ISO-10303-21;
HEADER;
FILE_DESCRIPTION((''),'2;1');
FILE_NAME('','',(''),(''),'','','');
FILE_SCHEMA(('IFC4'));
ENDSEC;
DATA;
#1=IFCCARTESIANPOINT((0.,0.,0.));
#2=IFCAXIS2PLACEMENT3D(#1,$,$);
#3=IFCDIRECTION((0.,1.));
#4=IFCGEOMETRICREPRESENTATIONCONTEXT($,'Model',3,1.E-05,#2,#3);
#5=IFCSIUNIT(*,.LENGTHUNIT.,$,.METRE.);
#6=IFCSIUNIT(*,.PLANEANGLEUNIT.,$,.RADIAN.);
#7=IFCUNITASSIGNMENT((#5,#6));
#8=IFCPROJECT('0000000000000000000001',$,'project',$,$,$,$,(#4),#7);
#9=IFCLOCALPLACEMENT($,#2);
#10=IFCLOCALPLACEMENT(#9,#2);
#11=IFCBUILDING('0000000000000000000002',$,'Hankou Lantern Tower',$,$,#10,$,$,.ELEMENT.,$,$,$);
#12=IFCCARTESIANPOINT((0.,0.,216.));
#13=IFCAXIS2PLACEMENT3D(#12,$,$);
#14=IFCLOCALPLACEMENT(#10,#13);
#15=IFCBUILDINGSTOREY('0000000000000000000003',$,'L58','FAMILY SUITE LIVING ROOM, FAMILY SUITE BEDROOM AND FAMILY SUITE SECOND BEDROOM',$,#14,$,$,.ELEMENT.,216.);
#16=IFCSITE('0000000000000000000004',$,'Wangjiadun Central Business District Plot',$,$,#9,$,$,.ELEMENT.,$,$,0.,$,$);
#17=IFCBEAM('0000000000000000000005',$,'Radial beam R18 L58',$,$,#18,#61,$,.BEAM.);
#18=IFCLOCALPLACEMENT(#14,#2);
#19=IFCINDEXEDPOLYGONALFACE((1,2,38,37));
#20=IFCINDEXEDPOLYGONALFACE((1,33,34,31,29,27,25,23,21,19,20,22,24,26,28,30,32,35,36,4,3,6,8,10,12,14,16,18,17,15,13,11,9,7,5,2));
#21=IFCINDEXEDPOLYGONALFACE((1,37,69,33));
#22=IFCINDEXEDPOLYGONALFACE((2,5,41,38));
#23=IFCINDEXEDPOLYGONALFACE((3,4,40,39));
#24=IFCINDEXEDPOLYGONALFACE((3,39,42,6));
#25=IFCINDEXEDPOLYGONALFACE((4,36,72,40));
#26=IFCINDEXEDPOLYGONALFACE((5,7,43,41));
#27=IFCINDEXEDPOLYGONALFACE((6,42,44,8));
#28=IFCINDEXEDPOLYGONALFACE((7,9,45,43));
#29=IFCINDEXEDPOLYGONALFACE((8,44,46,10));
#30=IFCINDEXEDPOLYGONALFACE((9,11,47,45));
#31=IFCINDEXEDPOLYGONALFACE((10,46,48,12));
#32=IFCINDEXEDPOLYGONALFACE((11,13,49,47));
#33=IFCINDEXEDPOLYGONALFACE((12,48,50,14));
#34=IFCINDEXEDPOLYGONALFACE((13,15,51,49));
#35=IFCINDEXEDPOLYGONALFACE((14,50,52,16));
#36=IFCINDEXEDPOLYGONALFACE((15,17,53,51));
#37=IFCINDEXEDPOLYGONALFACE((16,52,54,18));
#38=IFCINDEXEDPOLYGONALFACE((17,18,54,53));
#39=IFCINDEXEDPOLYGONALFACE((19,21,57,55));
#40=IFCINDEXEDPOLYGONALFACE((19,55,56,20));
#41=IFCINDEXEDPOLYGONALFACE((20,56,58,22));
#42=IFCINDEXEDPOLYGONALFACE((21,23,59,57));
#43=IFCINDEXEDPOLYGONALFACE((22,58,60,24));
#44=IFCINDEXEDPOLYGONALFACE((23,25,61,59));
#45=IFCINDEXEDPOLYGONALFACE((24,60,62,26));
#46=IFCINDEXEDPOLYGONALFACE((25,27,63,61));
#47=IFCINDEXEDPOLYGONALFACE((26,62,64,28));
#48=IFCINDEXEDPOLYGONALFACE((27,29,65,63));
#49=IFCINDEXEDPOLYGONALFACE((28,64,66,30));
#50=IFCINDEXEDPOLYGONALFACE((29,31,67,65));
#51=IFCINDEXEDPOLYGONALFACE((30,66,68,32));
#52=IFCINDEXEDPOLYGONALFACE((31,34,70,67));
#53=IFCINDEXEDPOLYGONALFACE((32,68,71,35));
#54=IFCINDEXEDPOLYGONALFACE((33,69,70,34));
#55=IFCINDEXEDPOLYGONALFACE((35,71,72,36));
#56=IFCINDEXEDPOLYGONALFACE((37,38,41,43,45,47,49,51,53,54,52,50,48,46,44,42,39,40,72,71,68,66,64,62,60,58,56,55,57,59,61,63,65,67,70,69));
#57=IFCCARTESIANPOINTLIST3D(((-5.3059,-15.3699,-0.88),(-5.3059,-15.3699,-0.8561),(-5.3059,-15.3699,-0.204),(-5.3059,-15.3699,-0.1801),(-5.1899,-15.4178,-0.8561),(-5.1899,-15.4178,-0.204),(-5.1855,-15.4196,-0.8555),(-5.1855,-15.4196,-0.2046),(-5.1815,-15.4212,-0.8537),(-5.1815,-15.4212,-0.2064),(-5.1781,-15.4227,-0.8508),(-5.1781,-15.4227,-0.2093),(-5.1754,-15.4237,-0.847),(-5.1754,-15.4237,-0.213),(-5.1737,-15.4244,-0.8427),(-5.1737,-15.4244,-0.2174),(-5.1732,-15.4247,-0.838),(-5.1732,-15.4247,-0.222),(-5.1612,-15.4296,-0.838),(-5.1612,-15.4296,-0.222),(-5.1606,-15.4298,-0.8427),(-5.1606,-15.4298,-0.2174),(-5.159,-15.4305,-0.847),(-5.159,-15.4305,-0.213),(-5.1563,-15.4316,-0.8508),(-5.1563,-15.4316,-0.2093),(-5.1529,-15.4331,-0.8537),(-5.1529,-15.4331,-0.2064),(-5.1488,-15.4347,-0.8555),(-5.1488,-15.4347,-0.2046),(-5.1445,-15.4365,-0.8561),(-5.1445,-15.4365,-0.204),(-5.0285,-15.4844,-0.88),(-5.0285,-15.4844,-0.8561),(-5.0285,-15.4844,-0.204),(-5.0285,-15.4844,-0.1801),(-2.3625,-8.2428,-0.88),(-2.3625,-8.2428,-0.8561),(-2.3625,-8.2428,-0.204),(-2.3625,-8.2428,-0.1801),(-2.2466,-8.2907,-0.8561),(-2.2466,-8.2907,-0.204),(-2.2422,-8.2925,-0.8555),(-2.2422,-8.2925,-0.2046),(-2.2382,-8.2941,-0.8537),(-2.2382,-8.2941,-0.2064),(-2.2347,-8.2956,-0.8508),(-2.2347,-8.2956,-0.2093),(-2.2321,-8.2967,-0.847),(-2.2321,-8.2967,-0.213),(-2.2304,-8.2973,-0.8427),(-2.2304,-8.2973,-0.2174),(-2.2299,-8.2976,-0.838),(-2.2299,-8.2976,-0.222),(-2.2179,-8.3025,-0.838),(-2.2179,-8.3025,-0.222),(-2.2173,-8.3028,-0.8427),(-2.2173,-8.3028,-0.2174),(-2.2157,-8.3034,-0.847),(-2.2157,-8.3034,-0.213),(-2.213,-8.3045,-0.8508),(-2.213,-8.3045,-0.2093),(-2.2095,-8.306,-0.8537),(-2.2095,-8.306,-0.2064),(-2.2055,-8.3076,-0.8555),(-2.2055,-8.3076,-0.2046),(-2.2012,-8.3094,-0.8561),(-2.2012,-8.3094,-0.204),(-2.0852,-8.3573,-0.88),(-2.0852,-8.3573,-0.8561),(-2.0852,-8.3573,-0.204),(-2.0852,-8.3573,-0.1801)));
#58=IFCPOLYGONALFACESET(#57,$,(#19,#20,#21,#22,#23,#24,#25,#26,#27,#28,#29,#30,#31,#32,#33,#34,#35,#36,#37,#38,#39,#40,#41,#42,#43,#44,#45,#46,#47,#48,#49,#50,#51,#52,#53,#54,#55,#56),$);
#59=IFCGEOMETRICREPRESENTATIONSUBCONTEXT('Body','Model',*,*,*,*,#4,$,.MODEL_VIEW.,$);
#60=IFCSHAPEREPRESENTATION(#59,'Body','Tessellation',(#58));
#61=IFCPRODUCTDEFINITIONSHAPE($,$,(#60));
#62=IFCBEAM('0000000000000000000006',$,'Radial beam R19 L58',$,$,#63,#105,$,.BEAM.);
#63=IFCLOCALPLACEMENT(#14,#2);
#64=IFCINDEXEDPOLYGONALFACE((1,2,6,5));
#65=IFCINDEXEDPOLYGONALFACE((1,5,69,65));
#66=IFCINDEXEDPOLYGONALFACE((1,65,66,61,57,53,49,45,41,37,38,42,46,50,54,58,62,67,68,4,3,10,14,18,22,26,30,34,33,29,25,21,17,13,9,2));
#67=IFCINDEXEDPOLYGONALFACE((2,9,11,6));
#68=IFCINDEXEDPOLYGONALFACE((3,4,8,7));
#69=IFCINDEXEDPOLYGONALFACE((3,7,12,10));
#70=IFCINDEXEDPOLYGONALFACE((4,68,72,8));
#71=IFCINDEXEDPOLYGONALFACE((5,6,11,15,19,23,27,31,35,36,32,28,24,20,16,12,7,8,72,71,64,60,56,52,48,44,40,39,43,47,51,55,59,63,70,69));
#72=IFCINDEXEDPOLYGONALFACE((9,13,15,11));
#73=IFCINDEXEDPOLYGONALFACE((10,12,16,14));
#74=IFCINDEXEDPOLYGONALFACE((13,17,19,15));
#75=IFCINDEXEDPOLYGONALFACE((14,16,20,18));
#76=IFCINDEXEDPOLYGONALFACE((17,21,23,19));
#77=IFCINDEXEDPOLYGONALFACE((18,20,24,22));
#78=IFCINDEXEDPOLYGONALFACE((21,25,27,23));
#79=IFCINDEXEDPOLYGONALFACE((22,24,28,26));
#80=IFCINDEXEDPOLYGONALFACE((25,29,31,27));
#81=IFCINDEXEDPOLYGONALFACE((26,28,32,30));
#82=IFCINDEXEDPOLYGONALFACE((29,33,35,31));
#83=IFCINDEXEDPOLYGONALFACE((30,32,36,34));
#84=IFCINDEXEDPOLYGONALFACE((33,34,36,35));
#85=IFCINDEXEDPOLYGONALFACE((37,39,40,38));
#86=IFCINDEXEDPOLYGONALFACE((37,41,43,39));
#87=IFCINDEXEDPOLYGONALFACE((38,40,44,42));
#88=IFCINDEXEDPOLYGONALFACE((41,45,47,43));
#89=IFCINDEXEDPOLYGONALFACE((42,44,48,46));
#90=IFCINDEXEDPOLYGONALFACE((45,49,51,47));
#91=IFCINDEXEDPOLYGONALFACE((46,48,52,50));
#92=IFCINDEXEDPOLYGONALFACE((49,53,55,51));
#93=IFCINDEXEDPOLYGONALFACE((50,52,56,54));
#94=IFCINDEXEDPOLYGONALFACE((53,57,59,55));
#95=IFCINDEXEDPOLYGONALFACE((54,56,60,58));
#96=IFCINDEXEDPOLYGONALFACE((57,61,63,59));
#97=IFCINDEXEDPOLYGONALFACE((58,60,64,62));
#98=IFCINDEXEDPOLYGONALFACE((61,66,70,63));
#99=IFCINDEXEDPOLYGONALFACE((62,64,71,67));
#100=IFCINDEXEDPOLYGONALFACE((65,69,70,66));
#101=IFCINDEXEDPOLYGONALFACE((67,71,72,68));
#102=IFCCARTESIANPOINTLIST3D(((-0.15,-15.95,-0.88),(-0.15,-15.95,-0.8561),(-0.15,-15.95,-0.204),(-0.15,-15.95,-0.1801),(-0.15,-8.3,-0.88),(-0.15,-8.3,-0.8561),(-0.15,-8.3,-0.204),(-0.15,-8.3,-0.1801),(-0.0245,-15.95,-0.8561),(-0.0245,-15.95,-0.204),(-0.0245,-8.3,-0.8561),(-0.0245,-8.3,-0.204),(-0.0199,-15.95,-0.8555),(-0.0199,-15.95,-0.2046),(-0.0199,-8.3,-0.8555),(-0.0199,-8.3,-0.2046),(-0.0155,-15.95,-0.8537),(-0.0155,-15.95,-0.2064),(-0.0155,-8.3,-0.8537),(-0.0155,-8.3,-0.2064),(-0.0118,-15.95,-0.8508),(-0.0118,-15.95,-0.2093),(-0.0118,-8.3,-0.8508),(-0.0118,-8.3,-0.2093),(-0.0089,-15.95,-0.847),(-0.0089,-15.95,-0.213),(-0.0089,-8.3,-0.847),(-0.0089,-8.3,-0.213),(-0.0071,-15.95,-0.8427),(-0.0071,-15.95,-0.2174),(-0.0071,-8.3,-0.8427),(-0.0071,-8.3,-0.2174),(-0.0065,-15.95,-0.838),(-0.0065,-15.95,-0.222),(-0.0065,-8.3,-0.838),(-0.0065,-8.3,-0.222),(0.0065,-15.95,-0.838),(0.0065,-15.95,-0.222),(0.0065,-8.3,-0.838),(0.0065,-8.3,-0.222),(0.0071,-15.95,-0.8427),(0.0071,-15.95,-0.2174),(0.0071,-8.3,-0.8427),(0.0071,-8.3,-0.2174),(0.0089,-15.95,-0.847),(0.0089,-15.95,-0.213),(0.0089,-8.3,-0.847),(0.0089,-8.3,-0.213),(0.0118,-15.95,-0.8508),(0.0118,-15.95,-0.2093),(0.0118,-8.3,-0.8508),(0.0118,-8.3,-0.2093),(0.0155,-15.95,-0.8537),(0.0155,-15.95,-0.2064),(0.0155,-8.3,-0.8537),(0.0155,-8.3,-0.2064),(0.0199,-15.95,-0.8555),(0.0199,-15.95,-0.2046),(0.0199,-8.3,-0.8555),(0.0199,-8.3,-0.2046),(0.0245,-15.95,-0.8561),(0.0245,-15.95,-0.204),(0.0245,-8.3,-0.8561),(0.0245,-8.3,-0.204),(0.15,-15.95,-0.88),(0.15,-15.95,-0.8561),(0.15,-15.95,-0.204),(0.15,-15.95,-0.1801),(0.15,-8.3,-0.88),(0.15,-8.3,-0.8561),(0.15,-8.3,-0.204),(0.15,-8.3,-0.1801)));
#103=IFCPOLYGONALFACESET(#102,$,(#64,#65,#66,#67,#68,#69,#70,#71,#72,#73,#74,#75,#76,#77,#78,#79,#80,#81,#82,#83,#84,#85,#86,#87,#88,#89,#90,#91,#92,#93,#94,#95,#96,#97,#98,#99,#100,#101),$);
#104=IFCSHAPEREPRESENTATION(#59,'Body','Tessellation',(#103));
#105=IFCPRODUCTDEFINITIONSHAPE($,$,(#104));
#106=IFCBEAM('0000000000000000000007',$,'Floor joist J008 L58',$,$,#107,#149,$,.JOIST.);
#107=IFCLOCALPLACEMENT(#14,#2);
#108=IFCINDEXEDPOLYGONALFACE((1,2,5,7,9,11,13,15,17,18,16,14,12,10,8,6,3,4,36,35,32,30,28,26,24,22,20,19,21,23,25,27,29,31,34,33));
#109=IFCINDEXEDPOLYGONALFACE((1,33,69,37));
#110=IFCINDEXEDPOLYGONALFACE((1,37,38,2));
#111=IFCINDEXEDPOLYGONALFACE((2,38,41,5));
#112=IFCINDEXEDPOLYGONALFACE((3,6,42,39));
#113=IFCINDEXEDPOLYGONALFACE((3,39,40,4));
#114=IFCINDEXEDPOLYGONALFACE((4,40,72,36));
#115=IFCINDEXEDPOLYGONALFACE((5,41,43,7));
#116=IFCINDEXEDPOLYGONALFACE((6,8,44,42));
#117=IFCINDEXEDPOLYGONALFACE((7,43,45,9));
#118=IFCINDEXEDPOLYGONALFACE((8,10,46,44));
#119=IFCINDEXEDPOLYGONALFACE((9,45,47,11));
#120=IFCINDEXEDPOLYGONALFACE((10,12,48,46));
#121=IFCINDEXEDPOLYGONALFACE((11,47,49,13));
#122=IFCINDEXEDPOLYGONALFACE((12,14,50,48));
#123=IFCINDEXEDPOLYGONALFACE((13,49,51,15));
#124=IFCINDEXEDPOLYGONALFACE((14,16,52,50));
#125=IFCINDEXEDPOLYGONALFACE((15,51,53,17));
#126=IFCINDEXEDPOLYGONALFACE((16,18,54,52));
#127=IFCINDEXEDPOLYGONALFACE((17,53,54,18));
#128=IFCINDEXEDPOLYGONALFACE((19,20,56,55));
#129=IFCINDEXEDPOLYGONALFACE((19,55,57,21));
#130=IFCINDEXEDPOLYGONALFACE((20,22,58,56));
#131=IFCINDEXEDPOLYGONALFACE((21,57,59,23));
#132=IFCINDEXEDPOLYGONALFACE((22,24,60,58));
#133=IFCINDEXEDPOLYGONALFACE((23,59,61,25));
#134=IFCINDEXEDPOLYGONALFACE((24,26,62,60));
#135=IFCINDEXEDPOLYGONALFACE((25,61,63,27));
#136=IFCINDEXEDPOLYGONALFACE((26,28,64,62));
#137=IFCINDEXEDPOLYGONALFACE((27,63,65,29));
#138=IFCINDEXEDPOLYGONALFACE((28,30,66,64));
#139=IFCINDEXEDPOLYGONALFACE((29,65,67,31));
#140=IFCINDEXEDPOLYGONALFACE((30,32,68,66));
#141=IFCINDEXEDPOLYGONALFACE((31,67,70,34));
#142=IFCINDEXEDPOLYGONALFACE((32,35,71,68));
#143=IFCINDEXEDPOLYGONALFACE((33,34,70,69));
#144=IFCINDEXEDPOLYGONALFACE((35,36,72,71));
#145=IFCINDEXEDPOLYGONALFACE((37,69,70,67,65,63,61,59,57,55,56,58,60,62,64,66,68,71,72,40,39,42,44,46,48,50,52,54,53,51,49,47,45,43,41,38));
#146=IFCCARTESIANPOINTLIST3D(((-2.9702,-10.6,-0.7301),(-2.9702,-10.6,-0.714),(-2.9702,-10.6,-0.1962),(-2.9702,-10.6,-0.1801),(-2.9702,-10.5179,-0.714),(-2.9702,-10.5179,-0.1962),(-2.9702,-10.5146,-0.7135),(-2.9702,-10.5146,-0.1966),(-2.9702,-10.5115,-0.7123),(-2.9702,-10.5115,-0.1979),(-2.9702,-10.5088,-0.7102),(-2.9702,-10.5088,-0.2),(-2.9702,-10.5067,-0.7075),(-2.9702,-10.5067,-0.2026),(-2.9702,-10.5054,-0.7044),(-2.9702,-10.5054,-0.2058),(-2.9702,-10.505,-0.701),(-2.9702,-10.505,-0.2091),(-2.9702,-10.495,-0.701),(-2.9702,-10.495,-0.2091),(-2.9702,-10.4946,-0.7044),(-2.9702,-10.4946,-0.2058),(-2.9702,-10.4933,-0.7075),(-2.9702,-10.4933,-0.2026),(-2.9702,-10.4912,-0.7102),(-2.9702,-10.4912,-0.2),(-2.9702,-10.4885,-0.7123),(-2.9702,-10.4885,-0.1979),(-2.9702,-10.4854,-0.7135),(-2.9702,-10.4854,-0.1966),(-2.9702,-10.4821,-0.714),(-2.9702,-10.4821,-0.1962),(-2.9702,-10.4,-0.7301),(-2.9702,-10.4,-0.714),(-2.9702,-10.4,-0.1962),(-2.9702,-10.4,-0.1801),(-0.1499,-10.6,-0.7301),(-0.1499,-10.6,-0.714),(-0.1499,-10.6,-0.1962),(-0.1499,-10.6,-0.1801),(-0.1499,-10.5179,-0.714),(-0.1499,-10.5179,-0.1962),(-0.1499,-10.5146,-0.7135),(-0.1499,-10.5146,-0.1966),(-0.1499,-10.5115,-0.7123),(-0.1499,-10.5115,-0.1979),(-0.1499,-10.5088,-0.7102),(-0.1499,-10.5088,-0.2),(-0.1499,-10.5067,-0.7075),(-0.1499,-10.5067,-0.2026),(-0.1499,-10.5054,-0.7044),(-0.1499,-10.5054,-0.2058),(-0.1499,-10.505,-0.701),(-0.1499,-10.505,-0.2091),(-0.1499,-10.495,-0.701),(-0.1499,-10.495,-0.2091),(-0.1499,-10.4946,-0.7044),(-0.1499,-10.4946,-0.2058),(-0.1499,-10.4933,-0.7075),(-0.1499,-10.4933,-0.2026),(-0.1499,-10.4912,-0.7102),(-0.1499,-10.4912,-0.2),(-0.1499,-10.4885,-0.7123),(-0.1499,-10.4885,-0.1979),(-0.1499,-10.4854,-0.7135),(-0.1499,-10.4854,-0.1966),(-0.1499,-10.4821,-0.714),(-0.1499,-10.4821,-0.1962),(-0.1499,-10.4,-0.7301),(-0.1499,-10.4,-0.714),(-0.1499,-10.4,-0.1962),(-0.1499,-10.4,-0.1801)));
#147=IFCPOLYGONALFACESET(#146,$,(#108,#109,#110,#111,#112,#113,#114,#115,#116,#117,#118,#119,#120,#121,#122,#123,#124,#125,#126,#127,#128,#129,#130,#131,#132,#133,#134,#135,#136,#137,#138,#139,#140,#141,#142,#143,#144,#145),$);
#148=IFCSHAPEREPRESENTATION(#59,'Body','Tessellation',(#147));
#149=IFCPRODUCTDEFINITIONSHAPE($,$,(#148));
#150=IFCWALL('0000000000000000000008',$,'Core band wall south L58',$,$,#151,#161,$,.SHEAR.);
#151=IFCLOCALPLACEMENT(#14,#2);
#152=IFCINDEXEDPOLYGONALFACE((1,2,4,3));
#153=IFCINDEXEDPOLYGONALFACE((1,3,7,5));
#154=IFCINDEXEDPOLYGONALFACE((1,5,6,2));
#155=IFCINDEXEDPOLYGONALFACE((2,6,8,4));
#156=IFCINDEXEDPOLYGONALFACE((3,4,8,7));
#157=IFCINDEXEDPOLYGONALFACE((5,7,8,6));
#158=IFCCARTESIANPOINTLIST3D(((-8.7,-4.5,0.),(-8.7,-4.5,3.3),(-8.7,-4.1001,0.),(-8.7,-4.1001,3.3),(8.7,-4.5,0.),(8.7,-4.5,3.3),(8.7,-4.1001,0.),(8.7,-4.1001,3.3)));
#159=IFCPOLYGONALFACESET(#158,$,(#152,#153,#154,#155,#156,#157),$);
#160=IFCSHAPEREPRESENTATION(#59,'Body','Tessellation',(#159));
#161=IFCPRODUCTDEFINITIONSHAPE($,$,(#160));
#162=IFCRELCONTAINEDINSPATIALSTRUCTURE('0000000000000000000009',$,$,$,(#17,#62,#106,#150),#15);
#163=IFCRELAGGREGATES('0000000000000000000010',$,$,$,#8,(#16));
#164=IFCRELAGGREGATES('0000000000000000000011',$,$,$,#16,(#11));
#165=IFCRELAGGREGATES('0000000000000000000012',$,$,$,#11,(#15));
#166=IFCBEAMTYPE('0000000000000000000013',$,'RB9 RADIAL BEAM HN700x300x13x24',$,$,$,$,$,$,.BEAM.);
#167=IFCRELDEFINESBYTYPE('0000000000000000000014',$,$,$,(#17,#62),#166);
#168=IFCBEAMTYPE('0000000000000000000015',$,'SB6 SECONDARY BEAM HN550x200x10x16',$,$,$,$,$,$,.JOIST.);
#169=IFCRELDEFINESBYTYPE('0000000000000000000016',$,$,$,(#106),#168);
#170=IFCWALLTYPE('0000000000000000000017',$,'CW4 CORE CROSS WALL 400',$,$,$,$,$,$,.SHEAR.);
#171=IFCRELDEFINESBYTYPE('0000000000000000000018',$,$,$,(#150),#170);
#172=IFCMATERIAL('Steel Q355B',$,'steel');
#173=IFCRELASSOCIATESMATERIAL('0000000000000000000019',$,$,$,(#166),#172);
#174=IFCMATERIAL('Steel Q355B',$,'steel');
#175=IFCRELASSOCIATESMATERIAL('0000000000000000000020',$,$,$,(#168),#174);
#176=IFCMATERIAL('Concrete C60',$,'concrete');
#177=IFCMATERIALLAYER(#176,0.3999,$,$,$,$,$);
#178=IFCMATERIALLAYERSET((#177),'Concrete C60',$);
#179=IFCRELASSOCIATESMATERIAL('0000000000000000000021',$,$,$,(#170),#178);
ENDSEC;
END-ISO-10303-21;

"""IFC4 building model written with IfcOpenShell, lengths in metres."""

from ifc_helpers import new_model, si_unit, direction, frame, frame_2d, origin, origin_2d, place, context, subcontext, project, spatial, rectangle, i_section, extrude, material, layer, layer_set, material_profile, profile_set, type_object, element, save


model = new_model("IFC4")

# Units and contexts
model_context = context("Model", 3, precision=1e-05, world=origin(), true_north=direction((0.0, 1.0)))
body_context = subcontext(model_context, "Body", "Model", "MODEL_VIEW")
ifc_project = project(units=[si_unit("LENGTHUNIT", "METRE"), si_unit("PLANEANGLEUNIT", "RADIAN")], contexts=[model_context])

# Site, building, storey
site_placement = place(None, origin())
site = spatial("IfcSite", under=ifc_project, at=site_placement, Name="Wangjiadun Central Business District Plot", CompositionType="ELEMENT", RefElevation=0.0)
building_placement = place(site_placement, origin())
building = spatial("IfcBuilding", under=site, at=building_placement, Name="Hankou Lantern Tower", CompositionType="ELEMENT")
storey_placement = place(building_placement, frame((0.0, 0.0, 216.0)))
storey = spatial("IfcBuildingStorey", under=building, at=storey_placement, Name="L58", Description="FAMILY SUITE LIVING ROOM, FAMILY SUITE BEDROOM AND FAMILY SUITE SECOND BEDROOM", CompositionType="ELEMENT", Elevation=216.0)

# Beams
ifc_material_1 = material(Name="Steel Q355B", Category="steel")
ifc_material_profile_1 = material_profile(ifc_material_1, i_section(OverallWidth=0.3, OverallDepth=0.7, WebThickness=0.0129, FlangeThickness=0.0239, FilletRadius=0.0181, at=origin_2d()), Name="HN700x300x13x24")
ifc_profile_set_1 = profile_set([ifc_material_profile_1], Name="Steel Q355B")
beam_type_1 = type_object("IfcBeamType", Name="RB9 RADIAL BEAM HN700x300x13x24", PredefinedType="BEAM", material=ifc_profile_set_1)
beam_1_placement = place(storey_placement, frame((-2.2239, -8.3, -0.53), z_axis=(-0.381707, -0.924284, 0.0), x_axis=(0.924284, -0.381707, 0.0)))
element("IfcBeam", 1, at=beam_1_placement, inside=storey, type_object=beam_type_1, Name="Radial beam R18 L58", PredefinedType="BEAM", context=body_context, shape_type="SweptSolid", body=[
    extrude(i_section(OverallWidth=0.3, OverallDepth=0.7, WebThickness=0.0129, FlangeThickness=0.0239, FilletRadius=0.0181, at=origin_2d()), origin(), (0.0, 0.0, 1.0), 7.7109),
])
beam_2_placement = place(storey_placement, frame((0.0, -8.3, -0.53), z_axis=(0.0, -1.0, 0.0), x_axis=(1.0, 0.0, 0.0)))
element("IfcBeam", 2, at=beam_2_placement, inside=storey, type_object=beam_type_1, Name="Radial beam R19 L58", PredefinedType="BEAM", context=body_context, shape_type="SweptSolid", body=[
    extrude(i_section(OverallWidth=0.3, OverallDepth=0.7, WebThickness=0.0129, FlangeThickness=0.0239, FilletRadius=0.0181, at=origin_2d()), origin(), (0.0, 0.0, 1.0), 7.6499),
])
ifc_material_2 = material(Name="Steel Q355B", Category="steel")
ifc_material_profile_2 = material_profile(ifc_material_2, i_section(OverallWidth=0.2, OverallDepth=0.55, WebThickness=0.01, FlangeThickness=0.0161, FilletRadius=0.0129, at=origin_2d()), Name="HN550x200x10x16")
ifc_profile_set_2 = profile_set([ifc_material_profile_2], Name="Steel Q355B")
beam_type_2 = type_object("IfcBeamType", Name="SB6 SECONDARY BEAM HN550x200x10x16", PredefinedType="JOIST", material=ifc_profile_set_2)
beam_3_placement = place(storey_placement, frame((-2.9702, -10.5, -0.4551), z_axis=(1.0, 0.0, 0.0), x_axis=(0.0, 1.0, 0.0)))
element("IfcBeam", 3, at=beam_3_placement, inside=storey, type_object=beam_type_2, Name="Floor joist J008 L58", PredefinedType="JOIST", context=body_context, shape_type="SweptSolid", body=[
    extrude(i_section(OverallWidth=0.2, OverallDepth=0.55, WebThickness=0.01, FlangeThickness=0.0161, FilletRadius=0.0129, at=origin_2d()), origin(), (0.0, 0.0, 1.0), 2.8203),
])

# Wall
ifc_material_3 = material(Name="Concrete C60", Category="concrete")
ifc_layer_1 = layer(ifc_material_3, 0.3999)
ifc_layer_set_1 = layer_set([ifc_layer_1], Name="Concrete C60")
wall_type_1 = type_object("IfcWallType", Name="CW4 CORE CROSS WALL 400", PredefinedType="SHEAR", material=ifc_layer_set_1)
wall_1_placement = place(storey_placement, frame((-8.7, -4.3, 0.0), z_axis=(0.0, 0.0, 1.0), x_axis=(1.0, 0.0, 0.0)))
element("IfcWall", 4, at=wall_1_placement, inside=storey, type_object=wall_type_1, Name="Core band wall south L58", PredefinedType="SHEAR", context=body_context, shape_type="SweptSolid", body=[
    extrude(rectangle(XDim=17.3999, YDim=0.3999, at=frame_2d((8.7, 0.0))), origin(), (0.0, 0.0, 1.0), 3.3),
])

save(model, "model.ifc")
